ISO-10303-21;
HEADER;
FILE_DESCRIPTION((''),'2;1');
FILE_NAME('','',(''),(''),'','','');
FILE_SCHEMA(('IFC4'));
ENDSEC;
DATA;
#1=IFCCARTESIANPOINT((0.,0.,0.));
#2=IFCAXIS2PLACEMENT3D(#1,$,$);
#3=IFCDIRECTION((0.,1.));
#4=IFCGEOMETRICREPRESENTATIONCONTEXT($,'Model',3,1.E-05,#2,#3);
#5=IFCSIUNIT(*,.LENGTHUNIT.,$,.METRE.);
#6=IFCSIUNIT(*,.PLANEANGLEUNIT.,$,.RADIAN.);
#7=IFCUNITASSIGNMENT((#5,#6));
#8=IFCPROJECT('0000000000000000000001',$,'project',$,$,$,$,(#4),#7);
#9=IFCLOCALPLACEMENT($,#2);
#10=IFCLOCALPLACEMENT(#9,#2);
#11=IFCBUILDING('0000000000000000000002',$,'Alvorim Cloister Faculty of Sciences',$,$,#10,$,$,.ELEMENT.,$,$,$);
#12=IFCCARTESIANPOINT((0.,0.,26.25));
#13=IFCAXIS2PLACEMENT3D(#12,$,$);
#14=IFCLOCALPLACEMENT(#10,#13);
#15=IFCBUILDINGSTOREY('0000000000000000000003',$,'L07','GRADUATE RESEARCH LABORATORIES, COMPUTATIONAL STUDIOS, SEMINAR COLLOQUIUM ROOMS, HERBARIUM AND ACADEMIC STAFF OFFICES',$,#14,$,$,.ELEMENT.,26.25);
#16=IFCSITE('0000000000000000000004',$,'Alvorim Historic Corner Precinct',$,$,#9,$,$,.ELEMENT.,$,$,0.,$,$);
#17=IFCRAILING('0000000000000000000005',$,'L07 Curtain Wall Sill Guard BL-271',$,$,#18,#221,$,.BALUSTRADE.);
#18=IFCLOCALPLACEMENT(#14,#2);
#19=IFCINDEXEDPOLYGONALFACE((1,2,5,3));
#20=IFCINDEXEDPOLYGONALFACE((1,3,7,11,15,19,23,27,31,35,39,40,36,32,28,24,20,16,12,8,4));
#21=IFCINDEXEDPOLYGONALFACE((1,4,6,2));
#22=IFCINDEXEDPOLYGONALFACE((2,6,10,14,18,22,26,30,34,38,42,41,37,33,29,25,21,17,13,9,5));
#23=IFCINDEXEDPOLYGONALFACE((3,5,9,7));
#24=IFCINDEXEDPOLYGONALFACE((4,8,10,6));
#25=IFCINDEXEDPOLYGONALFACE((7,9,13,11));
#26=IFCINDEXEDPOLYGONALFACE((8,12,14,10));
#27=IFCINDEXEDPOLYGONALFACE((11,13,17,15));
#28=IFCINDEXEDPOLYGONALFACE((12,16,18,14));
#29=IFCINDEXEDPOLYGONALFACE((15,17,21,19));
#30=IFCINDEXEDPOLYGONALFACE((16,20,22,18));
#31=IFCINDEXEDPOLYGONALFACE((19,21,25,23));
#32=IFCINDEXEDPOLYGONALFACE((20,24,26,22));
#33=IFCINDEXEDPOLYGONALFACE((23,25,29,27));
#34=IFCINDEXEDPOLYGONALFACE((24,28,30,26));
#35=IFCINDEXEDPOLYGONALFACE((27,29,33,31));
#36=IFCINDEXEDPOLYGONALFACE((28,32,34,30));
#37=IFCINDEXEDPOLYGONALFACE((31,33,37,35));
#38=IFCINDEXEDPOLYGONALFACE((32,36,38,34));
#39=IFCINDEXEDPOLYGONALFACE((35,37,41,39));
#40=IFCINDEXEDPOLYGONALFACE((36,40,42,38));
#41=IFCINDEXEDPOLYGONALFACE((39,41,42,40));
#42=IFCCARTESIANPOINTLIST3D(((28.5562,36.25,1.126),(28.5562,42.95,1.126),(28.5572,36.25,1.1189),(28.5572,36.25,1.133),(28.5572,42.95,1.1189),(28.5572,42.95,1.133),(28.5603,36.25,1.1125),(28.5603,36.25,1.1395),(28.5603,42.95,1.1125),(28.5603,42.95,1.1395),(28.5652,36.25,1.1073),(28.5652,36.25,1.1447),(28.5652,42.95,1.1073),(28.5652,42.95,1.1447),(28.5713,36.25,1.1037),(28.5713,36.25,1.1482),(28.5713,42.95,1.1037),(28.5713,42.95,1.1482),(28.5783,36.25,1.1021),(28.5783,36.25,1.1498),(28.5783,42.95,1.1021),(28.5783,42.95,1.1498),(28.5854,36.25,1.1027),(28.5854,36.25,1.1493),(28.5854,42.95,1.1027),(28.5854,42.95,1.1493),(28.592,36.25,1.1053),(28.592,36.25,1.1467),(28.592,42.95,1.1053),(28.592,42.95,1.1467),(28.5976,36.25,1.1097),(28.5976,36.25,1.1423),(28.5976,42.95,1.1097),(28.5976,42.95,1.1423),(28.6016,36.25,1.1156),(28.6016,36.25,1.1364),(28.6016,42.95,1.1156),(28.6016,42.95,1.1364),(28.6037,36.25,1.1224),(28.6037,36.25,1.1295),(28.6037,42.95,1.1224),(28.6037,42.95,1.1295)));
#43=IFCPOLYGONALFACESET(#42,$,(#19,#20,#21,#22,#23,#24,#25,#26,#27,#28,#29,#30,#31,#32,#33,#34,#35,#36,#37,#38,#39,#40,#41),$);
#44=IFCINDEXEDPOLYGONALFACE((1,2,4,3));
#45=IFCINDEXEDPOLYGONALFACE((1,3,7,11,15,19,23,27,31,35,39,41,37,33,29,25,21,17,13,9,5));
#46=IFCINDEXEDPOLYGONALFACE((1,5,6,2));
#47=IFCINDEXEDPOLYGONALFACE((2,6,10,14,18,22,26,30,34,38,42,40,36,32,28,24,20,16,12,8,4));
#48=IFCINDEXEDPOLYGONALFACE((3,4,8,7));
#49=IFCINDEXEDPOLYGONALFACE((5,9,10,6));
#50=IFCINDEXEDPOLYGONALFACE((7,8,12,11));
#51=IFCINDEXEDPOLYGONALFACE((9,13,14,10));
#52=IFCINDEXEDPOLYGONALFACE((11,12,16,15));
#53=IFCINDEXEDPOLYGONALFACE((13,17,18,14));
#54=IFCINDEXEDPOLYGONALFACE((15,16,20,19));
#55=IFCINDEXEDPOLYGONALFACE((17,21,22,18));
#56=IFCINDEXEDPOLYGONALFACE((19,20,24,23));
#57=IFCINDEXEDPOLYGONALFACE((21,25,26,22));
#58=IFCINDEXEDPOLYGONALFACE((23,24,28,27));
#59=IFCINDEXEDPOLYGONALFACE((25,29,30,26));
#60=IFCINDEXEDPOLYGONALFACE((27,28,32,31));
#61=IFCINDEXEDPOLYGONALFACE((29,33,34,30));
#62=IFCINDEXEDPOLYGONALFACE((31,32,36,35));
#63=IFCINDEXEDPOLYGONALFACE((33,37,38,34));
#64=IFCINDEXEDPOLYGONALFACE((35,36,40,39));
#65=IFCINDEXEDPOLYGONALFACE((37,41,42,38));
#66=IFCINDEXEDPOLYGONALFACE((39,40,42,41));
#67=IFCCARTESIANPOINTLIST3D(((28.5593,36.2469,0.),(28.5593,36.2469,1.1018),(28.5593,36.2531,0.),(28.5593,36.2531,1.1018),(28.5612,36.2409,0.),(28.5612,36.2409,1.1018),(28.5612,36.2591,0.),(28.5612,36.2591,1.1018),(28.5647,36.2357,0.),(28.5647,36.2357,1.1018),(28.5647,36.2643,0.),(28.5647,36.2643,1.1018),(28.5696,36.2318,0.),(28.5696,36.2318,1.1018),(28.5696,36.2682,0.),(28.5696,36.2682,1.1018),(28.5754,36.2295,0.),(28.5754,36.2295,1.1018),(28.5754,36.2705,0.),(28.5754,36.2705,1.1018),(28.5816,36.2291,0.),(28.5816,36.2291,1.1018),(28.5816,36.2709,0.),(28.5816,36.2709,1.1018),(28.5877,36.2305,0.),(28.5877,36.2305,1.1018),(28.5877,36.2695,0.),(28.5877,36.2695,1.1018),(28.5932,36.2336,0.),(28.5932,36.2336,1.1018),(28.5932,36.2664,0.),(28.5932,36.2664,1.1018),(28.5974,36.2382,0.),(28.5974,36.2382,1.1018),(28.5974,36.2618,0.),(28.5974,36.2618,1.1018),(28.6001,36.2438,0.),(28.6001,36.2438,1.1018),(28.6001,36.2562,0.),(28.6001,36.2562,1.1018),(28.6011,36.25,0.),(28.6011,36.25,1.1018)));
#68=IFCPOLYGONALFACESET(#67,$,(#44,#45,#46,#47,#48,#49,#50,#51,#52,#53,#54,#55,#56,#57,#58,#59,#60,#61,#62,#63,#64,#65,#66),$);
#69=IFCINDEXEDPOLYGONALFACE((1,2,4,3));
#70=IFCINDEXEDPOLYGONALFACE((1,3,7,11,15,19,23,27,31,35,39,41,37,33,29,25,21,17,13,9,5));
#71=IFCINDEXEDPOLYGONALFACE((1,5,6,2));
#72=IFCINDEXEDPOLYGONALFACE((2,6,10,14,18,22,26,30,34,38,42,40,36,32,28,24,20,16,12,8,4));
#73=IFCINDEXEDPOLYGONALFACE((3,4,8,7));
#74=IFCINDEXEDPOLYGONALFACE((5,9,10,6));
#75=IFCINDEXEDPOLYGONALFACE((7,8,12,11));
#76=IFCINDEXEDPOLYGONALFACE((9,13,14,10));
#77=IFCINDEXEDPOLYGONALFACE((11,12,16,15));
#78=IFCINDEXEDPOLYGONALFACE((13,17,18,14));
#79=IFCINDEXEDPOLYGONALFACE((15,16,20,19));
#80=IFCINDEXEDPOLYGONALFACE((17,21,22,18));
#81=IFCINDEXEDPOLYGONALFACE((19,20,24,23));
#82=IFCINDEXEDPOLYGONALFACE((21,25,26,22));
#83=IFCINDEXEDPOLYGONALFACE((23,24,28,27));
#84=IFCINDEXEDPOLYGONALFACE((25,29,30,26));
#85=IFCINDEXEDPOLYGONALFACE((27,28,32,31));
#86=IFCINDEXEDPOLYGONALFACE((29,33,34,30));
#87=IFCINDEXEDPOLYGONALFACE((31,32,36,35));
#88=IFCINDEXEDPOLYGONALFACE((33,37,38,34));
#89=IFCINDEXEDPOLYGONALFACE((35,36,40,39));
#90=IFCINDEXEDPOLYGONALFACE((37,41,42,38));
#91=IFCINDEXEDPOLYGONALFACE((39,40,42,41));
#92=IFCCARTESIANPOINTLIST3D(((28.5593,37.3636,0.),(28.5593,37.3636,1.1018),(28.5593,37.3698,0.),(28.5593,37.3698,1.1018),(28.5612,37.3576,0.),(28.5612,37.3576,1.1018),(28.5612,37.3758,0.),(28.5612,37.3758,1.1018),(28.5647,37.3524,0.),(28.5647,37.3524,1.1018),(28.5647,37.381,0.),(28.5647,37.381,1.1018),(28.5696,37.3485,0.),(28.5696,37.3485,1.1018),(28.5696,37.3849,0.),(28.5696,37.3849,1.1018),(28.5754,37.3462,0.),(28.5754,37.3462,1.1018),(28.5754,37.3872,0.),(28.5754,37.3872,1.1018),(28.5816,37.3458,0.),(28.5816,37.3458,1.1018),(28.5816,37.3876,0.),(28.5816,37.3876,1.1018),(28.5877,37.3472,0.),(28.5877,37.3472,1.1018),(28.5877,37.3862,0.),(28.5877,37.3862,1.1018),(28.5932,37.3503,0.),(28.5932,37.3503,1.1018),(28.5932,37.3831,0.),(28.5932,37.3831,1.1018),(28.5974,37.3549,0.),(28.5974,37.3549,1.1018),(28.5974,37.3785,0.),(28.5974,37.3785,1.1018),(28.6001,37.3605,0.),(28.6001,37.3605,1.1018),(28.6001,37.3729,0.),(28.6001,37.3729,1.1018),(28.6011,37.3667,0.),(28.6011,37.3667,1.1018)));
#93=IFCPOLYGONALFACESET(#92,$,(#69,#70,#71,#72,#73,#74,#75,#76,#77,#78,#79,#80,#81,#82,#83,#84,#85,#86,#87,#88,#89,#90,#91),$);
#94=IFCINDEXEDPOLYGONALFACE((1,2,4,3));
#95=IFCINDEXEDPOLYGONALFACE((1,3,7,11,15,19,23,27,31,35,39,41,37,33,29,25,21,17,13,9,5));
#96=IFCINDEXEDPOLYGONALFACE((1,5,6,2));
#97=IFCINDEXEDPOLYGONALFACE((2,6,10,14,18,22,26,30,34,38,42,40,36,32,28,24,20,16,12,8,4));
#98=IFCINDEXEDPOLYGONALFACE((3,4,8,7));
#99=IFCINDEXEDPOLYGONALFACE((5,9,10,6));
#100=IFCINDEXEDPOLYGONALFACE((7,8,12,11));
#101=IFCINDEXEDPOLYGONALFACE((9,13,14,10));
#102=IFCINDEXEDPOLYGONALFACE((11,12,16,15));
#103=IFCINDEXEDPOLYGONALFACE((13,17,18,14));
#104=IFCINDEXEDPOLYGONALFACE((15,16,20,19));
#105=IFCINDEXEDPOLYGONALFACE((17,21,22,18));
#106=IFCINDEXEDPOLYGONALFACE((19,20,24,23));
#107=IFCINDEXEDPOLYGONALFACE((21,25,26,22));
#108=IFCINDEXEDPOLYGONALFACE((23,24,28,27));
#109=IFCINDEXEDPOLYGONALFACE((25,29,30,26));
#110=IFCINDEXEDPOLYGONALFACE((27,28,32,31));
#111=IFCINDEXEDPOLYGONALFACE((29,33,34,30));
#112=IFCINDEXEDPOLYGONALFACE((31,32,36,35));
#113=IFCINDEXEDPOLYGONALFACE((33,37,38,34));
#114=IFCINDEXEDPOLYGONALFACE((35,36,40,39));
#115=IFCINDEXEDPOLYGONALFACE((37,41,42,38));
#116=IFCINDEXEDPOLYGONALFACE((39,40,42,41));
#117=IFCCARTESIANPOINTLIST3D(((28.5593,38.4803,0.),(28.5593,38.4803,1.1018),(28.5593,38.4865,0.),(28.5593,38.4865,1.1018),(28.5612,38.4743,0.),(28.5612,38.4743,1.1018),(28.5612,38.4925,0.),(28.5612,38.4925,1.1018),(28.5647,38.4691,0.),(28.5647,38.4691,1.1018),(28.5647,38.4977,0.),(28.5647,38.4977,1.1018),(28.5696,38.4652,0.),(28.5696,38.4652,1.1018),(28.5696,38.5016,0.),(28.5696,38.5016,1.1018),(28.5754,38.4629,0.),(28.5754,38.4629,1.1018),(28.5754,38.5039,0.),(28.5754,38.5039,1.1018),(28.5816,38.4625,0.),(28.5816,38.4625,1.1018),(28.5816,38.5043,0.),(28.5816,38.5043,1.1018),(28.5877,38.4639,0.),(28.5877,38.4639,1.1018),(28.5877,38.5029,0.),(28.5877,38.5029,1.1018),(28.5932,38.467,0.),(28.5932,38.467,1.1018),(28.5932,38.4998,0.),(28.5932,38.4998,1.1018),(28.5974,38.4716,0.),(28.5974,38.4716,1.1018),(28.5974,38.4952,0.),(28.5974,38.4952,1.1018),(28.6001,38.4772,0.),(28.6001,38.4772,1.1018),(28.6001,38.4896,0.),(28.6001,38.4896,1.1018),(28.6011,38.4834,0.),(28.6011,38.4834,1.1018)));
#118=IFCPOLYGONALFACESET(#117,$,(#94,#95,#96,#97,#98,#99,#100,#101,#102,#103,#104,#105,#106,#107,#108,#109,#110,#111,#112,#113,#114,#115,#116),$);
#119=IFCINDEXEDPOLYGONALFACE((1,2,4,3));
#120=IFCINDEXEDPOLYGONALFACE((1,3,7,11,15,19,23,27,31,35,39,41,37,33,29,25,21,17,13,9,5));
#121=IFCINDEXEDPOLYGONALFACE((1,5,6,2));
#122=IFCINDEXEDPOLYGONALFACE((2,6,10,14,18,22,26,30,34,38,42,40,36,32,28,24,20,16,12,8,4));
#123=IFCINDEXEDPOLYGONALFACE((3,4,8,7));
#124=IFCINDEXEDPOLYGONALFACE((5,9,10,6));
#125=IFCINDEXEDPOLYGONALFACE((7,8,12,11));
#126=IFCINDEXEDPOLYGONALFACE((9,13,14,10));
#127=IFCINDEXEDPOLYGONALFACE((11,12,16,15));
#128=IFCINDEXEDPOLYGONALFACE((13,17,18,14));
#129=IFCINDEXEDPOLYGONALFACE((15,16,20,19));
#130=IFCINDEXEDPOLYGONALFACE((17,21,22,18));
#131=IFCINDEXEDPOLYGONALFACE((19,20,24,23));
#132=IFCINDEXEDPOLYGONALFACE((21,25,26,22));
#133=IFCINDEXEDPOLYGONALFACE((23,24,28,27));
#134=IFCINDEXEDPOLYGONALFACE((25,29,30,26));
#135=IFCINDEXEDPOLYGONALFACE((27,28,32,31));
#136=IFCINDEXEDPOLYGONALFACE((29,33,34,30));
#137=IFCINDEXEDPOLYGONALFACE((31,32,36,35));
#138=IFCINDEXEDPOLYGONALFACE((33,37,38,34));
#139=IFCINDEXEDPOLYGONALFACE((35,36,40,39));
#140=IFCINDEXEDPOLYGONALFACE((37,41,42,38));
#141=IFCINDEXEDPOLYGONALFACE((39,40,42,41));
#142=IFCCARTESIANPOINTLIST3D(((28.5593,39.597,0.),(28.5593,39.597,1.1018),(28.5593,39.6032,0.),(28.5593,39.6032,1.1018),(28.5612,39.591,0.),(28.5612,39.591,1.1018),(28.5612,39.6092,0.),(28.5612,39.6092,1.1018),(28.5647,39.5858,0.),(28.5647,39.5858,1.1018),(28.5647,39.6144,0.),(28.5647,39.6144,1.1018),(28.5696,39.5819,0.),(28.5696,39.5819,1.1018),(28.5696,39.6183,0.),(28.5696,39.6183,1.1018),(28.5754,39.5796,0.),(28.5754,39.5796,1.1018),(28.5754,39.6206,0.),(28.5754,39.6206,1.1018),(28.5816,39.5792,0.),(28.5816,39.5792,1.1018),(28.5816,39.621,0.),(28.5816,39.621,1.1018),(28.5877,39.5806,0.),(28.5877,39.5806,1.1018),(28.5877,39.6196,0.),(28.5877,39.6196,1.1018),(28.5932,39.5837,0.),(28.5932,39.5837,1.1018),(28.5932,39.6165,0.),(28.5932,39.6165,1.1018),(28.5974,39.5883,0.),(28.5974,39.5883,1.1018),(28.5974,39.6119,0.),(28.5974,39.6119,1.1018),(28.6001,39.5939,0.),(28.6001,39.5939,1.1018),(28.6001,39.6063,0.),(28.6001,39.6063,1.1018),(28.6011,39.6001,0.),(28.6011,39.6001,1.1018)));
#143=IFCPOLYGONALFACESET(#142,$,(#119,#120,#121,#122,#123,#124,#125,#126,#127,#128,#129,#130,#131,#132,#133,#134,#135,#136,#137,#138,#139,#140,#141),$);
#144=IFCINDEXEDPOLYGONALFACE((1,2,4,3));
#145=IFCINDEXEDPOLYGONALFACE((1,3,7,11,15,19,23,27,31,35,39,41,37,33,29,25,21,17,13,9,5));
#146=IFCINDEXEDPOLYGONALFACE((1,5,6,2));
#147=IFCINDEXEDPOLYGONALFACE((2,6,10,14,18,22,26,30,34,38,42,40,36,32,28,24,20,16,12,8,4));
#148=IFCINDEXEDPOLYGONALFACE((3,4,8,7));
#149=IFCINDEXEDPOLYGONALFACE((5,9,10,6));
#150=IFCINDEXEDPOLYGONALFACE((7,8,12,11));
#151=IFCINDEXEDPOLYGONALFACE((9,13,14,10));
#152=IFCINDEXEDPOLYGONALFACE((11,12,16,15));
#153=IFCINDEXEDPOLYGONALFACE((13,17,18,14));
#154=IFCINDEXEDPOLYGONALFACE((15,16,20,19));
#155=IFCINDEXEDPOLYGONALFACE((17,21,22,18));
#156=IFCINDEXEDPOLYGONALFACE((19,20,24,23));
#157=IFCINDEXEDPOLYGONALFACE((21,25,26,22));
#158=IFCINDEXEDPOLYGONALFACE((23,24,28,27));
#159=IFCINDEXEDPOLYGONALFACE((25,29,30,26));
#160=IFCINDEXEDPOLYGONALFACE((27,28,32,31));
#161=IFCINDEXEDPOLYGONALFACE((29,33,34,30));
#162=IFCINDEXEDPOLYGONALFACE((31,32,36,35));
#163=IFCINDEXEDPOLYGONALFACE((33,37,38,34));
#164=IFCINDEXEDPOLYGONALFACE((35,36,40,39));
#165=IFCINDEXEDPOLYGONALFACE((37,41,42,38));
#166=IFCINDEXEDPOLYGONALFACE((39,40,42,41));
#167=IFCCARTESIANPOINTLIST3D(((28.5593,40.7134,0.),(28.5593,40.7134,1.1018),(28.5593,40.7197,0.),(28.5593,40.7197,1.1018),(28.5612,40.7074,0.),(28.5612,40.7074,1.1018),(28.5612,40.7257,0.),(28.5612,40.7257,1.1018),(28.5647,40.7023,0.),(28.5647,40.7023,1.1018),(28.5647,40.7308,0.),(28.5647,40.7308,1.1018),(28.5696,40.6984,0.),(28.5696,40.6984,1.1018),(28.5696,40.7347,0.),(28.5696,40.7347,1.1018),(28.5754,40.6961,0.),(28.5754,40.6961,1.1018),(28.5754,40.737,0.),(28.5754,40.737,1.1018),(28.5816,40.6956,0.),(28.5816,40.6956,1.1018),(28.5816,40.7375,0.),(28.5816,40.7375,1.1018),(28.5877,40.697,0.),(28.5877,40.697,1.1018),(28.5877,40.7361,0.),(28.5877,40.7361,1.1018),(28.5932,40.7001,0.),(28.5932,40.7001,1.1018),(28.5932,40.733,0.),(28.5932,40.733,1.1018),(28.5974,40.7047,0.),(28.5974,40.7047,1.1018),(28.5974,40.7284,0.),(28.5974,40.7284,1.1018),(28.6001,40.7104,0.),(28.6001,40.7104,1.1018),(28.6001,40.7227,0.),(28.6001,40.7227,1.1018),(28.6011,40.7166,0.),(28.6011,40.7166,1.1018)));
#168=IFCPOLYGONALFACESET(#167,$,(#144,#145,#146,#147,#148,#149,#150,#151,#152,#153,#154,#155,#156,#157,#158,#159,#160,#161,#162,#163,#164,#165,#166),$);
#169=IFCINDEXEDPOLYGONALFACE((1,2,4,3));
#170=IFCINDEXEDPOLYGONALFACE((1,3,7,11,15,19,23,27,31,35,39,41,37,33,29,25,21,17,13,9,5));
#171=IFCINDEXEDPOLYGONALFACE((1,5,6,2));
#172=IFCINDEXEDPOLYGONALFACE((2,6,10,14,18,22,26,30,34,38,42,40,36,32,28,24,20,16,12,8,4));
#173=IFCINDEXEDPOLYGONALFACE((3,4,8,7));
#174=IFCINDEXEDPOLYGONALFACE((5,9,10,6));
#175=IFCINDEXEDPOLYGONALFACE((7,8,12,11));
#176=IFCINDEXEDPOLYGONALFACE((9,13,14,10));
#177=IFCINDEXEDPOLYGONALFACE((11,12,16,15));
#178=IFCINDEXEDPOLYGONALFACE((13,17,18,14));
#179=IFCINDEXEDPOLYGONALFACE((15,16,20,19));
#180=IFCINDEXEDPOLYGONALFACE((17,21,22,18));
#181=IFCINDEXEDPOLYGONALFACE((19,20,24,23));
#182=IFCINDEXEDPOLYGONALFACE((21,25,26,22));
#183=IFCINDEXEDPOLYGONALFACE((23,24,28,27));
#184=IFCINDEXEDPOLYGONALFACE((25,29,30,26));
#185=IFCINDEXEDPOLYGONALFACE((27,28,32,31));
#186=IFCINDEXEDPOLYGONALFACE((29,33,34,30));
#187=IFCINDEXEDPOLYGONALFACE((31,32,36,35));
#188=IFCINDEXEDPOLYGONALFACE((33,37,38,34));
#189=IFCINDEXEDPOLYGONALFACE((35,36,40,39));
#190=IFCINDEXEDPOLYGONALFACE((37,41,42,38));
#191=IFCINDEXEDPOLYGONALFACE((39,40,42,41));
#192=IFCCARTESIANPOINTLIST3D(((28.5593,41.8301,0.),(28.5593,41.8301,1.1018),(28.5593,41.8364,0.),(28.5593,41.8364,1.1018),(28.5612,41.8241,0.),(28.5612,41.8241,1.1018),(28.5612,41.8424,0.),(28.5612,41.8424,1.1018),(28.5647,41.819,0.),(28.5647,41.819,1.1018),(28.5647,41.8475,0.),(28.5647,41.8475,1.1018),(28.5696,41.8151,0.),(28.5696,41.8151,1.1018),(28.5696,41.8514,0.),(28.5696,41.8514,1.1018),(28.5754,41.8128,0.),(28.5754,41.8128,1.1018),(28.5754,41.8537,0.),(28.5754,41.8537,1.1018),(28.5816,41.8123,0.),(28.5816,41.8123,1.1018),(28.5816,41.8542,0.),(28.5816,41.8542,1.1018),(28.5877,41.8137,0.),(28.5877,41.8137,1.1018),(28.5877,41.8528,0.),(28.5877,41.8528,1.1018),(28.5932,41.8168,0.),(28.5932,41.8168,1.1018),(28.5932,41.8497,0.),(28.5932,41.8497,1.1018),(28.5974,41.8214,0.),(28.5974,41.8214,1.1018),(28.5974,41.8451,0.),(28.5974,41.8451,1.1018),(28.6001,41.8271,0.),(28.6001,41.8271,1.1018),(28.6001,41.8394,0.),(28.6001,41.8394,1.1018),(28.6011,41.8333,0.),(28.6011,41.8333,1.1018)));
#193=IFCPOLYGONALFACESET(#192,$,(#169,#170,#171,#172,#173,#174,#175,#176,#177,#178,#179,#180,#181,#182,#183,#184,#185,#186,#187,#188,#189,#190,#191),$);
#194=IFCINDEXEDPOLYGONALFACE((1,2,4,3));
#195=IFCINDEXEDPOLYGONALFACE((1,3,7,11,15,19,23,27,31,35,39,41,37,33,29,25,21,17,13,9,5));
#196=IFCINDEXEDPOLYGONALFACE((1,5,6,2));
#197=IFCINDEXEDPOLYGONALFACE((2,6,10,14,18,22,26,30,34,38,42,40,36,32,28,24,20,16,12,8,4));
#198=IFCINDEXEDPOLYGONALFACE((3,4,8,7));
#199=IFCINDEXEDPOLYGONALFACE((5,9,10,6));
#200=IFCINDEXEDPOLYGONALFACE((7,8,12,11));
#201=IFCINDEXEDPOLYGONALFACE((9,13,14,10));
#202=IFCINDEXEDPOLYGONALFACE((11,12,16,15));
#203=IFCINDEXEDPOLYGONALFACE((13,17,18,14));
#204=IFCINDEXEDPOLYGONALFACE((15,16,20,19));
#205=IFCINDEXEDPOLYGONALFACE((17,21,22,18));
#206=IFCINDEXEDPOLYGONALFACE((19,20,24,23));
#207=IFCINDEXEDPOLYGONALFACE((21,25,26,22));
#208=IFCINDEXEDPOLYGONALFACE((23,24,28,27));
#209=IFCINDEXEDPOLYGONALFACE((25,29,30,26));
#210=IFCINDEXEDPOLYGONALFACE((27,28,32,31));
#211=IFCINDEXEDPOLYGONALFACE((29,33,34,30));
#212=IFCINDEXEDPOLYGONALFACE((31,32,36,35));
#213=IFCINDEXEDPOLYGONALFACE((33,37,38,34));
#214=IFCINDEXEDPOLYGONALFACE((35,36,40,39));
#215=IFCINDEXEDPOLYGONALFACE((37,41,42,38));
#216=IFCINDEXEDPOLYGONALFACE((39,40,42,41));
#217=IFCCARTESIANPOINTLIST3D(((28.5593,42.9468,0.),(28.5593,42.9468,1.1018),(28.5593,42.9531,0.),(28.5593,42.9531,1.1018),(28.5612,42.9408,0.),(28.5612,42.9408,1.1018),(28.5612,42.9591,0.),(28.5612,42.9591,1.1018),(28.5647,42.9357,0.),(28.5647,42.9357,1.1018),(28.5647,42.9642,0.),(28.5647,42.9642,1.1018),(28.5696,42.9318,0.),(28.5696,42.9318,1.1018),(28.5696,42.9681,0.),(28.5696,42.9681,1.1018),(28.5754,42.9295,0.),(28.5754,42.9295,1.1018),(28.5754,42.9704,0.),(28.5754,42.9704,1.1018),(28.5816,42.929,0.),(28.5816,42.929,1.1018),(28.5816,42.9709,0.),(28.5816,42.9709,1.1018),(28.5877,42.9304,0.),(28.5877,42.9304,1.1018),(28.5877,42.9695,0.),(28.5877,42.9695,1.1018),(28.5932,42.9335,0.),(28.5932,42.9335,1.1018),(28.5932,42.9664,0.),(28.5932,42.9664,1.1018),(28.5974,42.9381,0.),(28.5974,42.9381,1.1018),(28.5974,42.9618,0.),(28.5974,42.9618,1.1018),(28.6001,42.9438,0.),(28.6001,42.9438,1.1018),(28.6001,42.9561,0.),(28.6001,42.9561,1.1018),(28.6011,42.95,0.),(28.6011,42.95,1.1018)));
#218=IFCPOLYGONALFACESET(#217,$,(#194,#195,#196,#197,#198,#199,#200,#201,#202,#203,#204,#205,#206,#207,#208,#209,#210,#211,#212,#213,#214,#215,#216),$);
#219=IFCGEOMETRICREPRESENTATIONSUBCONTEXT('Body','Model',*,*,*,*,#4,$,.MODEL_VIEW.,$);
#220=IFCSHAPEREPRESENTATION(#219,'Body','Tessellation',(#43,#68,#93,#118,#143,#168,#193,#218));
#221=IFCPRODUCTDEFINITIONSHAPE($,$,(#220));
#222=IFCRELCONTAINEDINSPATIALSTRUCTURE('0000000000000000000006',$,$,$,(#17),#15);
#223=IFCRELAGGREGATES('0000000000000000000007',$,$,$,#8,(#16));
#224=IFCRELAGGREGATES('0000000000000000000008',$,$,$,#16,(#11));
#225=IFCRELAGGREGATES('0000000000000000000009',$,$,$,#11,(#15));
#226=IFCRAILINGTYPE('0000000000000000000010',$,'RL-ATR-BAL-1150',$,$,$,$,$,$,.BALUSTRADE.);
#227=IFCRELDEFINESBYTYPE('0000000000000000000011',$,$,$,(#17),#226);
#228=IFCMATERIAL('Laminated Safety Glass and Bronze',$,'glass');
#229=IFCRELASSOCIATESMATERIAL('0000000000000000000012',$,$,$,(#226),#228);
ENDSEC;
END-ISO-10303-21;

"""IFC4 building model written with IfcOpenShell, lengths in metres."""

from ifc_helpers import new_model, si_unit, direction, frame, origin, origin_2d, place, context, subcontext, project, spatial, circle, extrude, material, type_object, element, save


model = new_model("IFC4")

# Units and contexts
model_context = context("Model", 3, precision=1e-05, world=origin(), true_north=direction((0.0, 1.0)))
body_context = subcontext(model_context, "Body", "Model", "MODEL_VIEW")
ifc_project = project(units=[si_unit("LENGTHUNIT", "METRE"), si_unit("PLANEANGLEUNIT", "RADIAN")], contexts=[model_context])

# Site, building, storey
site_placement = place(None, origin())
site = spatial("IfcSite", under=ifc_project, at=site_placement, Name="Alvorim Historic Corner Precinct", CompositionType="ELEMENT", RefElevation=0.0)
building_placement = place(site_placement, origin())
building = spatial("IfcBuilding", under=site, at=building_placement, Name="Alvorim Cloister Faculty of Sciences", CompositionType="ELEMENT")
storey_placement = place(building_placement, frame((0.0, 0.0, 26.25)))
storey = spatial("IfcBuildingStorey", under=building, at=storey_placement, Name="L07", Description="GRADUATE RESEARCH LABORATORIES, COMPUTATIONAL STUDIOS, SEMINAR COLLOQUIUM ROOMS, HERBARIUM AND ACADEMIC STAFF OFFICES", CompositionType="ELEMENT", Elevation=26.25)

# Railing
ifc_material_1 = material(Name="Laminated Safety Glass and Bronze", Category="glass")
railing_type_1 = type_object("IfcRailingType", Name="RL-ATR-BAL-1150", PredefinedType="BALUSTRADE", material=ifc_material_1)
railing_1_placement = place(storey_placement, frame((28.5801, 36.25, 0.0)))
element("IfcRailing", 1, at=railing_1_placement, inside=storey, type_object=railing_type_1, Name="L07 Curtain Wall Sill Guard BL-271", PredefinedType="BALUSTRADE", context=body_context, shape_type="SweptSolid", body=[
    extrude(circle(Radius=0.0239, at=origin_2d()), frame((0.0, 0.0, 1.126), z_axis=(0.0, 1.0, 0.0), x_axis=(-1.0, 0.0, 0.0)), (0.0, 0.0, 1.0), 6.7),
    extrude(circle(Radius=0.021, at=origin_2d()), origin(), (0.0, 0.0, 1.0), 1.1018),
    extrude(circle(Radius=0.021, at=origin_2d()), frame((0.0, 1.1167, 0.0)), (0.0, 0.0, 1.0), 1.1018),
    extrude(circle(Radius=0.021, at=origin_2d()), frame((0.0, 2.2334, 0.0)), (0.0, 0.0, 1.0), 1.1018),
    extrude(circle(Radius=0.021, at=origin_2d()), frame((0.0, 3.3501, 0.0)), (0.0, 0.0, 1.0), 1.1018),
    extrude(circle(Radius=0.021, at=origin_2d()), frame((0.0, 4.4666, 0.0)), (0.0, 0.0, 1.0), 1.1018),
    extrude(circle(Radius=0.021, at=origin_2d()), frame((0.0, 5.5833, 0.0)), (0.0, 0.0, 1.0), 1.1018),
    extrude(circle(Radius=0.021, at=origin_2d()), frame((0.0, 6.7, 0.0)), (0.0, 0.0, 1.0), 1.1018),
])

save(model, "model.ifc")
